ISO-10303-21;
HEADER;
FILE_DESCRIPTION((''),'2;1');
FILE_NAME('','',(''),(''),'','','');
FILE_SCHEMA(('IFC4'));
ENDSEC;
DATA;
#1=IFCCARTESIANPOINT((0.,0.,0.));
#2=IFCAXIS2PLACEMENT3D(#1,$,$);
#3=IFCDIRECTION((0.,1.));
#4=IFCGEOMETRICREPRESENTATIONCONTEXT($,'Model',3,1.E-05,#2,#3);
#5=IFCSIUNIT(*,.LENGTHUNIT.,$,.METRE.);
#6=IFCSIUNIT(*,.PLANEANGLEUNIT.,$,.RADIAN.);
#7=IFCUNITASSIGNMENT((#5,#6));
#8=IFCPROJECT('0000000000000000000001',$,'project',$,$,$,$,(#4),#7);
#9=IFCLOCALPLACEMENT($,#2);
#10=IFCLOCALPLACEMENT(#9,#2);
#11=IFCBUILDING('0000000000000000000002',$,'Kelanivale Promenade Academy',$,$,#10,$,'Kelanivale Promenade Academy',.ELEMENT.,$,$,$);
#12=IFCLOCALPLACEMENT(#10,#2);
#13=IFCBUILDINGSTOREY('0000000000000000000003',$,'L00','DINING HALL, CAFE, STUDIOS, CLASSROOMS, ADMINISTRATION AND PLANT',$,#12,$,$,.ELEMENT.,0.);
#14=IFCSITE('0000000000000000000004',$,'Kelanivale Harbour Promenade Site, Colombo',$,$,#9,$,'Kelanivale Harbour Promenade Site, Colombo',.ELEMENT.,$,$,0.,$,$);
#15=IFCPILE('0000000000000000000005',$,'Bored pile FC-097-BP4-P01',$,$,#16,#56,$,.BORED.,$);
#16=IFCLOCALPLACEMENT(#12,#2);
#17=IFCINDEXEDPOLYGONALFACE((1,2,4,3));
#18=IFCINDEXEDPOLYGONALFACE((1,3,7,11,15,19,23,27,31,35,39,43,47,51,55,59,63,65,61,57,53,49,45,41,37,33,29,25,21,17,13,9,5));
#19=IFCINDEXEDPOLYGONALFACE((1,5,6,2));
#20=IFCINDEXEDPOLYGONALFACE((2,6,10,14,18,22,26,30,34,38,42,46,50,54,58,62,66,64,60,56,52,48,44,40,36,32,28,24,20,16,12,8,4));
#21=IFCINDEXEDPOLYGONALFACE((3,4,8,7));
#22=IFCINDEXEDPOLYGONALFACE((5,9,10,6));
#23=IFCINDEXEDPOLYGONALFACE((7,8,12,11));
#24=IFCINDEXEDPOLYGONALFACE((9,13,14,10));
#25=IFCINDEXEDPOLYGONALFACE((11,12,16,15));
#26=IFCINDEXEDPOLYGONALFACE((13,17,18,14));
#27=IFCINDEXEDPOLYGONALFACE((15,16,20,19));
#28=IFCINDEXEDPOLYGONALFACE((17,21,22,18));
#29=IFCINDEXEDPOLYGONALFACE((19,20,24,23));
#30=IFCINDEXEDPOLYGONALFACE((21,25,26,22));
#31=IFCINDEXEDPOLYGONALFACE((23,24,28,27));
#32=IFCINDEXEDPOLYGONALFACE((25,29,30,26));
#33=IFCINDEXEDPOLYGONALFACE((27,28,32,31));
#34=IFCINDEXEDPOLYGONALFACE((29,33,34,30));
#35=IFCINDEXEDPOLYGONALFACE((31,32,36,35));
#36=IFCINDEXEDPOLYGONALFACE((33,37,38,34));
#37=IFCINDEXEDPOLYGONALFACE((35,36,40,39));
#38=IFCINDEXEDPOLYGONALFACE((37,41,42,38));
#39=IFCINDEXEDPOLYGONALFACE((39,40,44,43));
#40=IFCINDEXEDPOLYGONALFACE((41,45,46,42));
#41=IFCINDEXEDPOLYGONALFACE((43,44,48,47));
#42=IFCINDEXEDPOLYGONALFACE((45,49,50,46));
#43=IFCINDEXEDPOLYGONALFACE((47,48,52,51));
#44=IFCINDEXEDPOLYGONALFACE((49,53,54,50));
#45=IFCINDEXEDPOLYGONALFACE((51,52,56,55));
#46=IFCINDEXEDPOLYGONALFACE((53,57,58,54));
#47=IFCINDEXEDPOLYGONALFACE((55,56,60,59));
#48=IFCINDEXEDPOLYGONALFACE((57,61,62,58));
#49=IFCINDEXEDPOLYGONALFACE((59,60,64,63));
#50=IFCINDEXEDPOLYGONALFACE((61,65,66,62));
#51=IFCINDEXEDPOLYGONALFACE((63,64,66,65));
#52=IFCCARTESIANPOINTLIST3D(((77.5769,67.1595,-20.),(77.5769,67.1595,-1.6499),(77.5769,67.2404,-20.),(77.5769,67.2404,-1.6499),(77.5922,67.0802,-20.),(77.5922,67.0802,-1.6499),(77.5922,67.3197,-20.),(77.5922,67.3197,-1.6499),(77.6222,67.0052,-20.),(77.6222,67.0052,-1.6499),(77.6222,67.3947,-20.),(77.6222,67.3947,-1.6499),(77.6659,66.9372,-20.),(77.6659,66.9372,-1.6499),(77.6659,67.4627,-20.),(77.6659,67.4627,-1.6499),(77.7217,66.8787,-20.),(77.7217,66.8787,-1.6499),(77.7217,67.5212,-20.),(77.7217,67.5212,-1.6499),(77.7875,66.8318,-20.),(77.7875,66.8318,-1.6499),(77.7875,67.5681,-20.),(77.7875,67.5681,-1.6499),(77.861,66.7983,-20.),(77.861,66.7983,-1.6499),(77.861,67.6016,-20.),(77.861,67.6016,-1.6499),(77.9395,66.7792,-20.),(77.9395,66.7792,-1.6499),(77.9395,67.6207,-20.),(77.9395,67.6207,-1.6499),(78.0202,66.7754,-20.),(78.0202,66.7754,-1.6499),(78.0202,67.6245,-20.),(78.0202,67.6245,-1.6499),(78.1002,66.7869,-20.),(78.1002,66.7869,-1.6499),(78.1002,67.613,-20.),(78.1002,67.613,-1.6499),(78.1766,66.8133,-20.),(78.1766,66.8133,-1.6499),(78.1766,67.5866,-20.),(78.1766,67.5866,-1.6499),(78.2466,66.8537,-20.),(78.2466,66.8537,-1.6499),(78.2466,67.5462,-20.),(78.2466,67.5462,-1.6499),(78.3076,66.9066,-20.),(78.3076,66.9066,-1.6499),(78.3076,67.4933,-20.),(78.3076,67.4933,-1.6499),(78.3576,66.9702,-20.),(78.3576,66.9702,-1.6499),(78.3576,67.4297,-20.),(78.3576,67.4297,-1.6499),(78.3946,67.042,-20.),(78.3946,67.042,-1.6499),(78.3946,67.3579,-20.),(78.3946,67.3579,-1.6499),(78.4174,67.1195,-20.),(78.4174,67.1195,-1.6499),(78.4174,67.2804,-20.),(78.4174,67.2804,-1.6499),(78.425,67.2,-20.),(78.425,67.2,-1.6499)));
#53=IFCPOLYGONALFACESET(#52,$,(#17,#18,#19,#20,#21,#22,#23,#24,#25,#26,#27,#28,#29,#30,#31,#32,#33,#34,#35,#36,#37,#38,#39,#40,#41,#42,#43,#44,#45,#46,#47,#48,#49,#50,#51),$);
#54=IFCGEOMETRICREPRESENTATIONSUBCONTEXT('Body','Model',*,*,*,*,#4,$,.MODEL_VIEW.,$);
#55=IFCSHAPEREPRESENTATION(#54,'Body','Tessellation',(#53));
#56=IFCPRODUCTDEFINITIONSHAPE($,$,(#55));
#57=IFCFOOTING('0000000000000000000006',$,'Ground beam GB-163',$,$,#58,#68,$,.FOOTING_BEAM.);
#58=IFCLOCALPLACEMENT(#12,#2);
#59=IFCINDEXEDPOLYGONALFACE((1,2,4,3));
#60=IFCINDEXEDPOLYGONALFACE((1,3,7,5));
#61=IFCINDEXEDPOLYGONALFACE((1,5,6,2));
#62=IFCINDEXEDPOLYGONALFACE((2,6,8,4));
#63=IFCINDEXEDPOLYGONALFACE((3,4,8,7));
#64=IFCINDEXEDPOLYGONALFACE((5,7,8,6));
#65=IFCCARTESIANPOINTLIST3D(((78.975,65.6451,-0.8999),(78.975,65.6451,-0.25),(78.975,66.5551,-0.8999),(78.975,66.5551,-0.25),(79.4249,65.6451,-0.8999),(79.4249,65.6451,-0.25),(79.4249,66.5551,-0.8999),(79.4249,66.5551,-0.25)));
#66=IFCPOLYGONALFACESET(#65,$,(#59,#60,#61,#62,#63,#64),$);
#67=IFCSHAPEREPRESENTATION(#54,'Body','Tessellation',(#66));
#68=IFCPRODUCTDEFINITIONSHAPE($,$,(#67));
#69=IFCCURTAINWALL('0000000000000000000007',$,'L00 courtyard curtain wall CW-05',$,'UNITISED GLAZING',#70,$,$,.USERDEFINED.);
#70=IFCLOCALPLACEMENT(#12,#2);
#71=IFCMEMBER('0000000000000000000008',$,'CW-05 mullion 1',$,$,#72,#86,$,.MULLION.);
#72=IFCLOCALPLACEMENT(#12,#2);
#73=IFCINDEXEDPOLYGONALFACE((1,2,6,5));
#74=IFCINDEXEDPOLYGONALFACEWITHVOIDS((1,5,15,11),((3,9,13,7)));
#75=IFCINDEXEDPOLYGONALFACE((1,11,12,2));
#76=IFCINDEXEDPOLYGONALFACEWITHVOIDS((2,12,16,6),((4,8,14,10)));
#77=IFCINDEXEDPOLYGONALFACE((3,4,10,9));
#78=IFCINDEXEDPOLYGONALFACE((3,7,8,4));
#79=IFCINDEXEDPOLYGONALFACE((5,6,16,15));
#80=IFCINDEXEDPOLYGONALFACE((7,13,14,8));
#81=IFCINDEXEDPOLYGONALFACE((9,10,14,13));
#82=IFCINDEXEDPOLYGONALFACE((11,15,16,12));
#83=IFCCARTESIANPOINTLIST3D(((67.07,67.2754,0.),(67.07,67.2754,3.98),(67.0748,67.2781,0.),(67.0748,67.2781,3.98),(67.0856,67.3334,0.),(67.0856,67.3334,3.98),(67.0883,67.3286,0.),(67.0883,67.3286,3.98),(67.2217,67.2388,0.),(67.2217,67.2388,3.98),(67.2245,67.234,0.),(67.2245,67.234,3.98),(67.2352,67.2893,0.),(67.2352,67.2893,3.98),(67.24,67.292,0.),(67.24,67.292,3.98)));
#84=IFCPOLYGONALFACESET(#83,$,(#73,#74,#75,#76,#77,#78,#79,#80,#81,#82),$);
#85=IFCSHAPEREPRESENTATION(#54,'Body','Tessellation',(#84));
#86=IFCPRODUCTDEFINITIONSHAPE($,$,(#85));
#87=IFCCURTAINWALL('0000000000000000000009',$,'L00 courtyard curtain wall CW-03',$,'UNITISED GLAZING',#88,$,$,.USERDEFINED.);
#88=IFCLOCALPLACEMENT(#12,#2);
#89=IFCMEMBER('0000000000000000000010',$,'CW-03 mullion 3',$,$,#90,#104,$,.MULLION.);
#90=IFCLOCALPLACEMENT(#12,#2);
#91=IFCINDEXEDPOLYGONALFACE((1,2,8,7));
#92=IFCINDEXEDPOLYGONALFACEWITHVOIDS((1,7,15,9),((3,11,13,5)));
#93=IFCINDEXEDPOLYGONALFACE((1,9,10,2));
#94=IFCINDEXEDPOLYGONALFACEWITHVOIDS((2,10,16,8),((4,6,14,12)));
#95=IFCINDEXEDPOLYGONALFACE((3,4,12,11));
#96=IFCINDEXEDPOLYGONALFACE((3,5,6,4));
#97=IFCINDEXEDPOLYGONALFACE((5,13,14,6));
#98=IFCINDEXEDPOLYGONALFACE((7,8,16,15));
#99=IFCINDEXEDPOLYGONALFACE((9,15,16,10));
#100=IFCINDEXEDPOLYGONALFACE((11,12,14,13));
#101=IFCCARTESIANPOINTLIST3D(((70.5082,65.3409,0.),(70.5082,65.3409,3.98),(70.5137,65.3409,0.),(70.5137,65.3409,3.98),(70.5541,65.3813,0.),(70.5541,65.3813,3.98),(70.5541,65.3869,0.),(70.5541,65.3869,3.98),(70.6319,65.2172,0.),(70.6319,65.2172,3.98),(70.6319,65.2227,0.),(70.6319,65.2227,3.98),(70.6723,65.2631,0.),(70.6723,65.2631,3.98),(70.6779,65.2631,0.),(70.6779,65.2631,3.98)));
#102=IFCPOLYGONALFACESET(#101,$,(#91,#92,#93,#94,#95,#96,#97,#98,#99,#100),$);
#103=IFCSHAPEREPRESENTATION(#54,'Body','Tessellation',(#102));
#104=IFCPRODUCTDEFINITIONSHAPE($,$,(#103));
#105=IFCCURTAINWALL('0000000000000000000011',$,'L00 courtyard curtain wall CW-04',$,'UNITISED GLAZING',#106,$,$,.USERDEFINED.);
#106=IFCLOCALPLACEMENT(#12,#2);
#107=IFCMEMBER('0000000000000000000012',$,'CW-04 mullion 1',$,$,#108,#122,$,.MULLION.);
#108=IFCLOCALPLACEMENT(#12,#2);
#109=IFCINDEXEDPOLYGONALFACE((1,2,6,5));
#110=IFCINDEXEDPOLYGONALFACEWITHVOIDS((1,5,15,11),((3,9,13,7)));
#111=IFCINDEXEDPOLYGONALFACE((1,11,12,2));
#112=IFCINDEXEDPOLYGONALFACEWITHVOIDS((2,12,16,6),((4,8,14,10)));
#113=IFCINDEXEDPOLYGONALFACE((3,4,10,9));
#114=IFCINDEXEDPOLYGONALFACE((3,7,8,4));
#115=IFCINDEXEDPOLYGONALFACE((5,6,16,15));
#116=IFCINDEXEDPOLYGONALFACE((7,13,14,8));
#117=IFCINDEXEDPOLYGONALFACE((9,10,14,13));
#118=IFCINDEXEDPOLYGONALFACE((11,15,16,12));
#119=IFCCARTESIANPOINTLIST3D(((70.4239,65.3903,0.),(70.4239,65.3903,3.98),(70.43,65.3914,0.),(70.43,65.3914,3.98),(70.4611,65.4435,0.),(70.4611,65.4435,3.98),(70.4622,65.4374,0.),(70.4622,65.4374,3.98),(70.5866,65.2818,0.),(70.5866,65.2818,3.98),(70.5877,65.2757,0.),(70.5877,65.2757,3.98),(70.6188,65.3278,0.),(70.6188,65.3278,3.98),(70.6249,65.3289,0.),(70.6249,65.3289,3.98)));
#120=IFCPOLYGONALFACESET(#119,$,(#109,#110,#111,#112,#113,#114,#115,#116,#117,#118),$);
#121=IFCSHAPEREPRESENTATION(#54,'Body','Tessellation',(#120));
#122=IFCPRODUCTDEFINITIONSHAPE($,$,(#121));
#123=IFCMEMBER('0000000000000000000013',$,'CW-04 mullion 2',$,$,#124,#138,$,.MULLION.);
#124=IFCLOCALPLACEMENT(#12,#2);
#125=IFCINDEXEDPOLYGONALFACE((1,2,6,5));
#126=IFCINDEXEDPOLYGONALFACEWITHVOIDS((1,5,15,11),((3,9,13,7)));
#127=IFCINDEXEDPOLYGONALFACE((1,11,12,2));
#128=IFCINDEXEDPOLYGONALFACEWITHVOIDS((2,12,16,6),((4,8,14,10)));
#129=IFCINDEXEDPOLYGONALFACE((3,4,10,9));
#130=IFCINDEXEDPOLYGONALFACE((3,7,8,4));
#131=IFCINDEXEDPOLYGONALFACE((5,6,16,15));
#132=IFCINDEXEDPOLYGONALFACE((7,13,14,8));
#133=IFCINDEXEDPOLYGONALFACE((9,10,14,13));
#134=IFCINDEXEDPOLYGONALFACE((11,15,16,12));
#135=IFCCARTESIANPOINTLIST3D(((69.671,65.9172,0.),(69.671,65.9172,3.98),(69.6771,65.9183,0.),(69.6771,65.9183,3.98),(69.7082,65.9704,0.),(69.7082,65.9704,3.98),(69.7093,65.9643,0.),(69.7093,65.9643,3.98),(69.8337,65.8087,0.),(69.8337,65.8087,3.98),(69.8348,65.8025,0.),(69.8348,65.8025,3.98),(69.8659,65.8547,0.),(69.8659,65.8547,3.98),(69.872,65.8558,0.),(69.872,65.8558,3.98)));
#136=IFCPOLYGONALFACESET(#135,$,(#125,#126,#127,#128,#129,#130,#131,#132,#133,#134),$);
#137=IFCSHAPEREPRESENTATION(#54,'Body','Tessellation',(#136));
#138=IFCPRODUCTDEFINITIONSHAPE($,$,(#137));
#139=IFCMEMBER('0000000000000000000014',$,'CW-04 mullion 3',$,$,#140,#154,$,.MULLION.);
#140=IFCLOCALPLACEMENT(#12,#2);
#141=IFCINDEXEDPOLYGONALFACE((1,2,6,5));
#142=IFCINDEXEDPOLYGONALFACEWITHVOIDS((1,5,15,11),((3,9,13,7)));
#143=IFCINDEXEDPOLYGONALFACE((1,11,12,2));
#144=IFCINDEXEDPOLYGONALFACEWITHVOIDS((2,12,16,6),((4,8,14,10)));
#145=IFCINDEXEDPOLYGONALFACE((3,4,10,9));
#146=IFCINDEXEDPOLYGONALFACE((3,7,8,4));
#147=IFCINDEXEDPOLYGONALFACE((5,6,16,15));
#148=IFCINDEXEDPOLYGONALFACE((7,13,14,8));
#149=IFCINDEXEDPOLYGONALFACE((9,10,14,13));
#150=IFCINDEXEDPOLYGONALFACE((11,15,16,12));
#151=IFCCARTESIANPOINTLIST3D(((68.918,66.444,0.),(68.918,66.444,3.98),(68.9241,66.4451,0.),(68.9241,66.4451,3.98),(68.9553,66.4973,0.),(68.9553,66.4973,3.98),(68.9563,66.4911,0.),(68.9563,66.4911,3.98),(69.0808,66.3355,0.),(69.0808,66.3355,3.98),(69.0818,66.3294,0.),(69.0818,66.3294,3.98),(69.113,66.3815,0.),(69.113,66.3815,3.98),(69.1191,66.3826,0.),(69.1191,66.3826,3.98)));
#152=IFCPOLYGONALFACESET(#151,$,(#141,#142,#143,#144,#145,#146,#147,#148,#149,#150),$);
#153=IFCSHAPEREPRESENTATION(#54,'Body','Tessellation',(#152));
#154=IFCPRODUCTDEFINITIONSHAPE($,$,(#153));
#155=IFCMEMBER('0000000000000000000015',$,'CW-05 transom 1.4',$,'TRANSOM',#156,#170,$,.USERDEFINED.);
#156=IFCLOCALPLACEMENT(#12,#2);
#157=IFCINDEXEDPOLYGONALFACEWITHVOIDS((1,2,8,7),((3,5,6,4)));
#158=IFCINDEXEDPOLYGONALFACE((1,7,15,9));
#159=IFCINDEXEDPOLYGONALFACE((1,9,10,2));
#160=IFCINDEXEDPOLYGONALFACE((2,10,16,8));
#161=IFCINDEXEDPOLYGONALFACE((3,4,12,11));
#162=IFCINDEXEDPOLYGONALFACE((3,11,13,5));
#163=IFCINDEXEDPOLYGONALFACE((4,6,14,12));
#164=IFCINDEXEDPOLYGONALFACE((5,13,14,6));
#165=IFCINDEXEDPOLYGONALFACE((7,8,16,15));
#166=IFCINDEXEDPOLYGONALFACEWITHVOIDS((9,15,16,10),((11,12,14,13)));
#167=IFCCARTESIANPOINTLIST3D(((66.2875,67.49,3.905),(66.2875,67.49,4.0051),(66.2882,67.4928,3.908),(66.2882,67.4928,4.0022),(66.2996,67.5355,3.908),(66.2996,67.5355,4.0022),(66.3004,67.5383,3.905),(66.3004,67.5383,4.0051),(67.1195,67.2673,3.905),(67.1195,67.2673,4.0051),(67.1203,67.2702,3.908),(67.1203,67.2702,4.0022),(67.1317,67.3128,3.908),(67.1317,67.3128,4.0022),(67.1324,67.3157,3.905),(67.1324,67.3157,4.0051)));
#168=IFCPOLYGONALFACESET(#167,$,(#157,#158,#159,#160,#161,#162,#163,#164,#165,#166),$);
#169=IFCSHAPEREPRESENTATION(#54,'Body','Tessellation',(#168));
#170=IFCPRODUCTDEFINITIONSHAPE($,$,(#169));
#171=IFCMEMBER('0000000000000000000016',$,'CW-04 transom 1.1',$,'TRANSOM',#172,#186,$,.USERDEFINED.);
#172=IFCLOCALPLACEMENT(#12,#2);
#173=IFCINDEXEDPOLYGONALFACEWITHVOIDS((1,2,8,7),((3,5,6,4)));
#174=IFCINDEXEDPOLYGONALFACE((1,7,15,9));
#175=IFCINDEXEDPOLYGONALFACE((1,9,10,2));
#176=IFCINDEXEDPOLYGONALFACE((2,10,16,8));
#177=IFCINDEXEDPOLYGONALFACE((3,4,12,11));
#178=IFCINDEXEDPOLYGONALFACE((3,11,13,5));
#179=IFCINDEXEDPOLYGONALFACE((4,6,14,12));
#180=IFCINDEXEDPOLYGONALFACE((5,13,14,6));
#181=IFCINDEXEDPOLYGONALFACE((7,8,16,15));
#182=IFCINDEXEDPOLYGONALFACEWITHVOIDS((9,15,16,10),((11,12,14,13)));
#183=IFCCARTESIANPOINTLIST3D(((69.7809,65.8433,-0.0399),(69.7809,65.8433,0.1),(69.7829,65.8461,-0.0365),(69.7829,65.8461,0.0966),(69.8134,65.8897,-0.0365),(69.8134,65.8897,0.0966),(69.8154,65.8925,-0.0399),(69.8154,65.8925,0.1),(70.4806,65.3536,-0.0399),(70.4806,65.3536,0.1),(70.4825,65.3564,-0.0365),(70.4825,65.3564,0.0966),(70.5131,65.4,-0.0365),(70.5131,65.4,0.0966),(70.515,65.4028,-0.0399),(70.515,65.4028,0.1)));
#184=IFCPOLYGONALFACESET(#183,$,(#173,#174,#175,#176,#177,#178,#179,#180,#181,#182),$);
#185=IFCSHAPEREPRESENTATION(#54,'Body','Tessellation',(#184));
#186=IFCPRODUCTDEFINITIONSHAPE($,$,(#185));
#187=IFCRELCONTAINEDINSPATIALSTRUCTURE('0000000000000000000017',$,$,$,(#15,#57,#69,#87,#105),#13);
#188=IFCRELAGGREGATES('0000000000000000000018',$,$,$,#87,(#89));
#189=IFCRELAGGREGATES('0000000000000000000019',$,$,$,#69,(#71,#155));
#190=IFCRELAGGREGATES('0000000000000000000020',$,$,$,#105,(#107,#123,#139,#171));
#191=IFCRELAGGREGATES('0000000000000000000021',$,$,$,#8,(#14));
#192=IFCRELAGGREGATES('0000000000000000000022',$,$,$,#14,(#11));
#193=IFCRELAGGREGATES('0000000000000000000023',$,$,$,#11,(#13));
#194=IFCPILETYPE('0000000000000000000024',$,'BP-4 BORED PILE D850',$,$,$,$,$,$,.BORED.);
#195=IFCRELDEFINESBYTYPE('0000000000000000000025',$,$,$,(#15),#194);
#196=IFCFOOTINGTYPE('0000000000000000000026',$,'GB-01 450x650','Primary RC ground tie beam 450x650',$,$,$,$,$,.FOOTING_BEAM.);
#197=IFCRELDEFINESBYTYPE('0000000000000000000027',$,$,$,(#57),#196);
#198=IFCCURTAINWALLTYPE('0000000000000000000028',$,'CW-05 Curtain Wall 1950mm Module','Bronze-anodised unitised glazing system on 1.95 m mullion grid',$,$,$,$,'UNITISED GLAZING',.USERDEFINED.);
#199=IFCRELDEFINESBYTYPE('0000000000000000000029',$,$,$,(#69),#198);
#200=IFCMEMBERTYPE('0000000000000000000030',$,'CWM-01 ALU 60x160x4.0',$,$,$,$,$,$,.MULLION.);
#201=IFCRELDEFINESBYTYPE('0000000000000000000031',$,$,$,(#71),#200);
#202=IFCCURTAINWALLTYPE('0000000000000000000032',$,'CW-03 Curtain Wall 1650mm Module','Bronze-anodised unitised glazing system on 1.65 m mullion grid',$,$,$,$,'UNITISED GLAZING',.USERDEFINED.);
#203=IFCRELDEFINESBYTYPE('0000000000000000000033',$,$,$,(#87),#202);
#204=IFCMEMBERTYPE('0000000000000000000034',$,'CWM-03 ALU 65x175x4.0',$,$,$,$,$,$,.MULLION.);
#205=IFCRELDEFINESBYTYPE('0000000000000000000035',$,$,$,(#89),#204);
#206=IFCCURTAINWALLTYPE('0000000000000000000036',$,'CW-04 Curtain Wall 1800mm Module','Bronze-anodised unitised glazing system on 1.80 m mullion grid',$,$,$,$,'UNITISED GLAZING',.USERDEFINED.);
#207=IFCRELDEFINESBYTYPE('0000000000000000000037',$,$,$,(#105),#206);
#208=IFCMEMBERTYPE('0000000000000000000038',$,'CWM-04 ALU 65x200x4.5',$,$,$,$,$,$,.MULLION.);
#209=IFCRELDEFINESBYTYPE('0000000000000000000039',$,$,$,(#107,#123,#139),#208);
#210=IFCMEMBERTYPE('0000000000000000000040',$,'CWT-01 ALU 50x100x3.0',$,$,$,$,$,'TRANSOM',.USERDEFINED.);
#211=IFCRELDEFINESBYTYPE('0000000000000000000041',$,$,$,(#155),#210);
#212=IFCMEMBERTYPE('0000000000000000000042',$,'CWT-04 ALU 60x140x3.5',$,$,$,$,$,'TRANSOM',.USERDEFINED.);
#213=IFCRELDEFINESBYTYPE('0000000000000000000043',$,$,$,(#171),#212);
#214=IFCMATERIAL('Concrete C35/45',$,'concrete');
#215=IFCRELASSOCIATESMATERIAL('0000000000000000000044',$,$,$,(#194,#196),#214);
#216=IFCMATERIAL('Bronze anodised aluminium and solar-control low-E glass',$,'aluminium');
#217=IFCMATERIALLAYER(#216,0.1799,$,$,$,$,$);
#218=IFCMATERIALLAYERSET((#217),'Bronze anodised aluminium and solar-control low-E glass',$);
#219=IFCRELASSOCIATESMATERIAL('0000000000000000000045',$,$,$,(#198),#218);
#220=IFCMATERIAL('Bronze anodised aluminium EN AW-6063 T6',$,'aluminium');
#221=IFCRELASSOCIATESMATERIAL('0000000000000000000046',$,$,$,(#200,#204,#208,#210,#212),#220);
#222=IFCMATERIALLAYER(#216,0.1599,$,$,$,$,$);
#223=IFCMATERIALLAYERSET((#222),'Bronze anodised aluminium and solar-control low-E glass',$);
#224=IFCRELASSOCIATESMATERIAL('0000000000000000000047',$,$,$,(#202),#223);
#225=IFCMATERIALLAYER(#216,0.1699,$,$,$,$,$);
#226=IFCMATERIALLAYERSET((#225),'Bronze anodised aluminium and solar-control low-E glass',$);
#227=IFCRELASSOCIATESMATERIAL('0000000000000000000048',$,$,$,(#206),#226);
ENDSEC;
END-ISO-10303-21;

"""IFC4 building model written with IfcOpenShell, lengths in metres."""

from ifc_helpers import new_model, si_unit, direction, frame, origin, origin_2d, place, context, subcontext, project, spatial, rectangle, hollow_rectangle, circle, extrude, material, layer, layer_set, material_profile, profile_set, type_object, element, aggregate, save


model = new_model("IFC4")

# Units and contexts
model_context = context("Model", 3, precision=1e-05, world=origin(), true_north=direction((0.0, 1.0)))
body_context = subcontext(model_context, "Body", "Model", "MODEL_VIEW")
ifc_project = project(units=[si_unit("LENGTHUNIT", "METRE"), si_unit("PLANEANGLEUNIT", "RADIAN")], contexts=[model_context])

# Site, building, storey
site_placement = place(None, origin())
site = spatial("IfcSite", under=ifc_project, at=site_placement, Name="Kelanivale Harbour Promenade Site, Colombo", LongName="Kelanivale Harbour Promenade Site, Colombo", CompositionType="ELEMENT", RefElevation=0.0)
building_placement = place(site_placement, origin())
building = spatial("IfcBuilding", under=site, at=building_placement, Name="Kelanivale Promenade Academy", LongName="Kelanivale Promenade Academy", CompositionType="ELEMENT")
storey_placement = place(building_placement, origin())
storey = spatial("IfcBuildingStorey", under=building, at=storey_placement, Name="L00", Description="DINING HALL, CAFE, STUDIOS, CLASSROOMS, ADMINISTRATION AND PLANT", CompositionType="ELEMENT", Elevation=0.0)

# Pile
ifc_material_1 = material(Name="Concrete C35/45", Category="concrete")
ifc_material_profile_1 = material_profile(ifc_material_1, circle(Radius=0.425, at=origin_2d()), Name="BORED PILE D850")
ifc_profile_set_1 = profile_set([ifc_material_profile_1], Name="Concrete C35/45")
pile_type = type_object("IfcPileType", Name="BP-4 BORED PILE D850", PredefinedType="BORED", material=ifc_profile_set_1)
pile_placement = place(storey_placement, frame((78.0, 67.2, -1.6499), z_axis=(0.0, 0.0, -1.0), x_axis=(1.0, 0.0, 0.0)))
element("IfcPile", 1, at=pile_placement, inside=storey, type_object=pile_type, Name="Bored pile FC-097-BP4-P01", PredefinedType="BORED", context=body_context, shape_type="SweptSolid", body=[
    extrude(circle(Radius=0.425, at=origin_2d()), origin(), (0.0, 0.0, 1.0), 18.3501),
])

# Footing
footing_type = type_object("IfcFootingType", Name="GB-01 450x650", Description="Primary RC ground tie beam 450x650", PredefinedType="FOOTING_BEAM", material=ifc_material_1)
footing_placement = place(storey_placement, frame((79.2, 66.1001, -0.8999), z_axis=(0.0, 0.0, 1.0), x_axis=(0.0, 1.0, 0.0)))
element("IfcFooting", 2, at=footing_placement, inside=storey, type_object=footing_type, Name="Ground beam GB-163", PredefinedType="FOOTING_BEAM", context=body_context, shape_type="SweptSolid", body=[
    extrude(rectangle(XDim=0.9099, YDim=0.45, at=origin_2d()), origin(), (0.0, 0.0, 1.0), 0.6499),
])

# Curtain walls, members
ifc_material_2 = material(Name="Bronze anodised aluminium and solar-control low-E glass", Category="aluminium")
ifc_layer_1 = layer(ifc_material_2, 0.1799)
ifc_layer_set_1 = layer_set([ifc_layer_1], Name="Bronze anodised aluminium and solar-control low-E glass")
curtain_wall_type_1 = type_object("IfcCurtainWallType", Name="CW-05 Curtain Wall 1950mm Module", Description="Bronze-anodised unitised glazing system on 1.95 m mullion grid", ElementType="UNITISED GLAZING", PredefinedType="USERDEFINED", material=ifc_layer_set_1)
curtain_wall_1_placement = place(storey_placement, origin())
curtain_wall_1 = element("IfcCurtainWall", 3, at=curtain_wall_1_placement, inside=storey, type_object=curtain_wall_type_1, Name="L00 courtyard curtain wall CW-05", ObjectType="UNITISED GLAZING", PredefinedType="USERDEFINED")
ifc_material_3 = material(Name="Bronze anodised aluminium EN AW-6063 T6", Category="aluminium")
ifc_material_profile_2 = material_profile(ifc_material_3, hollow_rectangle(XDim=0.0601, YDim=0.1599, WallThickness=0.0039, at=origin_2d()), Name="ALU 60x160x4.0")
ifc_profile_set_2 = profile_set([ifc_material_profile_2], Name="Bronze anodised aluminium EN AW-6063 T6")
member_type_1 = type_object("IfcMemberType", Name="CWM-01 ALU 60x160x4.0", PredefinedType="MULLION", material=ifc_profile_set_2)
member_1_placement = place(storey_placement, frame((67.155, 67.2837, 0.0), z_axis=(0.0, 0.0, 1.0), x_axis=(-0.258578, -0.96599, 0.0)))
member_1 = element("IfcMember", 4, at=member_1_placement, type_object=member_type_1, Name="CW-05 mullion 1", PredefinedType="MULLION", context=body_context, shape_type="SweptSolid", body=[
    extrude(hollow_rectangle(XDim=0.0601, YDim=0.1599, WallThickness=0.0039, at=origin_2d()), origin(), (0.0, 0.0, 1.0), 3.98),
])
ifc_layer_2 = layer(ifc_material_2, 0.1599)
ifc_layer_set_2 = layer_set([ifc_layer_2], Name="Bronze anodised aluminium and solar-control low-E glass")
curtain_wall_type_2 = type_object("IfcCurtainWallType", Name="CW-03 Curtain Wall 1650mm Module", Description="Bronze-anodised unitised glazing system on 1.65 m mullion grid", ElementType="UNITISED GLAZING", PredefinedType="USERDEFINED", material=ifc_layer_set_2)
curtain_wall_2_placement = place(storey_placement, origin())
curtain_wall_2 = element("IfcCurtainWall", 5, at=curtain_wall_2_placement, inside=storey, type_object=curtain_wall_type_2, Name="L00 courtyard curtain wall CW-03", ObjectType="UNITISED GLAZING", PredefinedType="USERDEFINED")
ifc_material_profile_3 = material_profile(ifc_material_3, hollow_rectangle(XDim=0.0649, YDim=0.175, WallThickness=0.0039, at=origin_2d()), Name="ALU 65x175x4.0")
ifc_profile_set_3 = profile_set([ifc_material_profile_3], Name="Bronze anodised aluminium EN AW-6063 T6")
member_type_2 = type_object("IfcMemberType", Name="CWM-03 ALU 65x175x4.0", PredefinedType="MULLION", material=ifc_profile_set_3)
member_2_placement = place(storey_placement, frame((70.593, 65.302, 0.0), z_axis=(0.0, 0.0, 1.0), x_axis=(-0.707107, -0.707107, 0.0)))
member_2 = element("IfcMember", 6, at=member_2_placement, type_object=member_type_2, Name="CW-03 mullion 3", PredefinedType="MULLION", context=body_context, shape_type="SweptSolid", body=[
    extrude(hollow_rectangle(XDim=0.0649, YDim=0.175, WallThickness=0.0039, at=origin_2d()), origin(), (0.0, 0.0, 1.0), 3.98),
])
aggregate(curtain_wall_2, [member_2])

# Curtain wall, members
ifc_layer_3 = layer(ifc_material_2, 0.1699)
ifc_layer_set_3 = layer_set([ifc_layer_3], Name="Bronze anodised aluminium and solar-control low-E glass")
curtain_wall_type_3 = type_object("IfcCurtainWallType", Name="CW-04 Curtain Wall 1800mm Module", Description="Bronze-anodised unitised glazing system on 1.80 m mullion grid", ElementType="UNITISED GLAZING", PredefinedType="USERDEFINED", material=ifc_layer_set_3)
curtain_wall_3_placement = place(storey_placement, origin())
curtain_wall_3 = element("IfcCurtainWall", 7, at=curtain_wall_3_placement, inside=storey, type_object=curtain_wall_type_3, Name="L00 courtyard curtain wall CW-04", ObjectType="UNITISED GLAZING", PredefinedType="USERDEFINED")
ifc_material_profile_4 = material_profile(ifc_material_3, hollow_rectangle(XDim=0.0649, YDim=0.2, WallThickness=0.0044, at=origin_2d()), Name="ALU 65x200x4.5")
ifc_profile_set_4 = profile_set([ifc_material_profile_4], Name="Bronze anodised aluminium EN AW-6063 T6")
member_type_3 = type_object("IfcMemberType", Name="CWM-04 ALU 65x200x4.5", PredefinedType="MULLION", material=ifc_profile_set_4)
member_3_placement = place(storey_placement, frame((70.5244, 65.3596, 0.0), z_axis=(0.0, 0.0, 1.0), x_axis=(-0.573357, -0.819306, 0.0)))
member_3 = element("IfcMember", 8, at=member_3_placement, type_object=member_type_3, Name="CW-04 mullion 1", PredefinedType="MULLION", context=body_context, shape_type="SweptSolid", body=[
    extrude(hollow_rectangle(XDim=0.0649, YDim=0.2, WallThickness=0.0044, at=origin_2d()), origin(), (0.0, 0.0, 1.0), 3.98),
])
member_4_placement = place(storey_placement, frame((69.7715, 65.8865, 0.0), z_axis=(0.0, 0.0, 1.0), x_axis=(-0.573357, -0.819306, 0.0)))
member_4 = element("IfcMember", 9, at=member_4_placement, type_object=member_type_3, Name="CW-04 mullion 2", PredefinedType="MULLION", context=body_context, shape_type="SweptSolid", body=[
    extrude(hollow_rectangle(XDim=0.0649, YDim=0.2, WallThickness=0.0044, at=origin_2d()), origin(), (0.0, 0.0, 1.0), 3.98),
])
member_5_placement = place(storey_placement, frame((69.0186, 66.4133, 0.0), z_axis=(0.0, 0.0, 1.0), x_axis=(-0.573357, -0.819306, 0.0)))
member_5 = element("IfcMember", 10, at=member_5_placement, type_object=member_type_3, Name="CW-04 mullion 3", PredefinedType="MULLION", context=body_context, shape_type="SweptSolid", body=[
    extrude(hollow_rectangle(XDim=0.0649, YDim=0.2, WallThickness=0.0044, at=origin_2d()), origin(), (0.0, 0.0, 1.0), 3.98),
])

# Members
ifc_material_profile_5 = material_profile(ifc_material_3, hollow_rectangle(XDim=0.05, YDim=0.1001, WallThickness=0.0029, at=origin_2d()), Name="ALU 50x100x3.0")
ifc_profile_set_5 = profile_set([ifc_material_profile_5], Name="Bronze anodised aluminium EN AW-6063 T6")
member_type_4 = type_object("IfcMemberType", Name="CWT-01 ALU 50x100x3.0", ElementType="TRANSOM", PredefinedType="USERDEFINED", material=ifc_profile_set_5)
member_6_placement = place(storey_placement, frame((67.126, 67.2915, 3.9551), z_axis=(-0.966009, 0.258509, 0.0), x_axis=(-0.258509, -0.966009, 0.0)))
member_6 = element("IfcMember", 11, at=member_6_placement, type_object=member_type_4, Name="CW-05 transom 1.4", ObjectType="TRANSOM", PredefinedType="USERDEFINED", context=body_context, shape_type="SweptSolid", body=[
    extrude(hollow_rectangle(XDim=0.05, YDim=0.1001, WallThickness=0.0029, at=origin_2d()), origin(), (0.0, 0.0, 1.0), 0.8613),
])
aggregate(curtain_wall_1, [member_1, member_6])
ifc_material_profile_6 = material_profile(ifc_material_3, hollow_rectangle(XDim=0.0601, YDim=0.1399, WallThickness=0.0034, at=origin_2d()), Name="ALU 60x140x3.5")
ifc_profile_set_6 = profile_set([ifc_material_profile_6], Name="Bronze anodised aluminium EN AW-6063 T6")
member_type_5 = type_object("IfcMemberType", Name="CWT-04 ALU 60x140x3.5", ElementType="TRANSOM", PredefinedType="USERDEFINED", material=ifc_profile_set_6)
member_7_placement = place(storey_placement, frame((70.4978, 65.3782, 0.03), z_axis=(-0.819259, 0.573424, 0.0), x_axis=(-0.573424, -0.819259, 0.0)))
member_7 = element("IfcMember", 12, at=member_7_placement, type_object=member_type_5, Name="CW-04 transom 1.1", ObjectType="TRANSOM", PredefinedType="USERDEFINED", context=body_context, shape_type="SweptSolid", body=[
    extrude(hollow_rectangle(XDim=0.0601, YDim=0.1399, WallThickness=0.0034, at=origin_2d()), origin(), (0.0, 0.0, 1.0), 0.854),
])

aggregate(curtain_wall_3, [member_3, member_4, member_5, member_7])

save(model, "model.ifc")
